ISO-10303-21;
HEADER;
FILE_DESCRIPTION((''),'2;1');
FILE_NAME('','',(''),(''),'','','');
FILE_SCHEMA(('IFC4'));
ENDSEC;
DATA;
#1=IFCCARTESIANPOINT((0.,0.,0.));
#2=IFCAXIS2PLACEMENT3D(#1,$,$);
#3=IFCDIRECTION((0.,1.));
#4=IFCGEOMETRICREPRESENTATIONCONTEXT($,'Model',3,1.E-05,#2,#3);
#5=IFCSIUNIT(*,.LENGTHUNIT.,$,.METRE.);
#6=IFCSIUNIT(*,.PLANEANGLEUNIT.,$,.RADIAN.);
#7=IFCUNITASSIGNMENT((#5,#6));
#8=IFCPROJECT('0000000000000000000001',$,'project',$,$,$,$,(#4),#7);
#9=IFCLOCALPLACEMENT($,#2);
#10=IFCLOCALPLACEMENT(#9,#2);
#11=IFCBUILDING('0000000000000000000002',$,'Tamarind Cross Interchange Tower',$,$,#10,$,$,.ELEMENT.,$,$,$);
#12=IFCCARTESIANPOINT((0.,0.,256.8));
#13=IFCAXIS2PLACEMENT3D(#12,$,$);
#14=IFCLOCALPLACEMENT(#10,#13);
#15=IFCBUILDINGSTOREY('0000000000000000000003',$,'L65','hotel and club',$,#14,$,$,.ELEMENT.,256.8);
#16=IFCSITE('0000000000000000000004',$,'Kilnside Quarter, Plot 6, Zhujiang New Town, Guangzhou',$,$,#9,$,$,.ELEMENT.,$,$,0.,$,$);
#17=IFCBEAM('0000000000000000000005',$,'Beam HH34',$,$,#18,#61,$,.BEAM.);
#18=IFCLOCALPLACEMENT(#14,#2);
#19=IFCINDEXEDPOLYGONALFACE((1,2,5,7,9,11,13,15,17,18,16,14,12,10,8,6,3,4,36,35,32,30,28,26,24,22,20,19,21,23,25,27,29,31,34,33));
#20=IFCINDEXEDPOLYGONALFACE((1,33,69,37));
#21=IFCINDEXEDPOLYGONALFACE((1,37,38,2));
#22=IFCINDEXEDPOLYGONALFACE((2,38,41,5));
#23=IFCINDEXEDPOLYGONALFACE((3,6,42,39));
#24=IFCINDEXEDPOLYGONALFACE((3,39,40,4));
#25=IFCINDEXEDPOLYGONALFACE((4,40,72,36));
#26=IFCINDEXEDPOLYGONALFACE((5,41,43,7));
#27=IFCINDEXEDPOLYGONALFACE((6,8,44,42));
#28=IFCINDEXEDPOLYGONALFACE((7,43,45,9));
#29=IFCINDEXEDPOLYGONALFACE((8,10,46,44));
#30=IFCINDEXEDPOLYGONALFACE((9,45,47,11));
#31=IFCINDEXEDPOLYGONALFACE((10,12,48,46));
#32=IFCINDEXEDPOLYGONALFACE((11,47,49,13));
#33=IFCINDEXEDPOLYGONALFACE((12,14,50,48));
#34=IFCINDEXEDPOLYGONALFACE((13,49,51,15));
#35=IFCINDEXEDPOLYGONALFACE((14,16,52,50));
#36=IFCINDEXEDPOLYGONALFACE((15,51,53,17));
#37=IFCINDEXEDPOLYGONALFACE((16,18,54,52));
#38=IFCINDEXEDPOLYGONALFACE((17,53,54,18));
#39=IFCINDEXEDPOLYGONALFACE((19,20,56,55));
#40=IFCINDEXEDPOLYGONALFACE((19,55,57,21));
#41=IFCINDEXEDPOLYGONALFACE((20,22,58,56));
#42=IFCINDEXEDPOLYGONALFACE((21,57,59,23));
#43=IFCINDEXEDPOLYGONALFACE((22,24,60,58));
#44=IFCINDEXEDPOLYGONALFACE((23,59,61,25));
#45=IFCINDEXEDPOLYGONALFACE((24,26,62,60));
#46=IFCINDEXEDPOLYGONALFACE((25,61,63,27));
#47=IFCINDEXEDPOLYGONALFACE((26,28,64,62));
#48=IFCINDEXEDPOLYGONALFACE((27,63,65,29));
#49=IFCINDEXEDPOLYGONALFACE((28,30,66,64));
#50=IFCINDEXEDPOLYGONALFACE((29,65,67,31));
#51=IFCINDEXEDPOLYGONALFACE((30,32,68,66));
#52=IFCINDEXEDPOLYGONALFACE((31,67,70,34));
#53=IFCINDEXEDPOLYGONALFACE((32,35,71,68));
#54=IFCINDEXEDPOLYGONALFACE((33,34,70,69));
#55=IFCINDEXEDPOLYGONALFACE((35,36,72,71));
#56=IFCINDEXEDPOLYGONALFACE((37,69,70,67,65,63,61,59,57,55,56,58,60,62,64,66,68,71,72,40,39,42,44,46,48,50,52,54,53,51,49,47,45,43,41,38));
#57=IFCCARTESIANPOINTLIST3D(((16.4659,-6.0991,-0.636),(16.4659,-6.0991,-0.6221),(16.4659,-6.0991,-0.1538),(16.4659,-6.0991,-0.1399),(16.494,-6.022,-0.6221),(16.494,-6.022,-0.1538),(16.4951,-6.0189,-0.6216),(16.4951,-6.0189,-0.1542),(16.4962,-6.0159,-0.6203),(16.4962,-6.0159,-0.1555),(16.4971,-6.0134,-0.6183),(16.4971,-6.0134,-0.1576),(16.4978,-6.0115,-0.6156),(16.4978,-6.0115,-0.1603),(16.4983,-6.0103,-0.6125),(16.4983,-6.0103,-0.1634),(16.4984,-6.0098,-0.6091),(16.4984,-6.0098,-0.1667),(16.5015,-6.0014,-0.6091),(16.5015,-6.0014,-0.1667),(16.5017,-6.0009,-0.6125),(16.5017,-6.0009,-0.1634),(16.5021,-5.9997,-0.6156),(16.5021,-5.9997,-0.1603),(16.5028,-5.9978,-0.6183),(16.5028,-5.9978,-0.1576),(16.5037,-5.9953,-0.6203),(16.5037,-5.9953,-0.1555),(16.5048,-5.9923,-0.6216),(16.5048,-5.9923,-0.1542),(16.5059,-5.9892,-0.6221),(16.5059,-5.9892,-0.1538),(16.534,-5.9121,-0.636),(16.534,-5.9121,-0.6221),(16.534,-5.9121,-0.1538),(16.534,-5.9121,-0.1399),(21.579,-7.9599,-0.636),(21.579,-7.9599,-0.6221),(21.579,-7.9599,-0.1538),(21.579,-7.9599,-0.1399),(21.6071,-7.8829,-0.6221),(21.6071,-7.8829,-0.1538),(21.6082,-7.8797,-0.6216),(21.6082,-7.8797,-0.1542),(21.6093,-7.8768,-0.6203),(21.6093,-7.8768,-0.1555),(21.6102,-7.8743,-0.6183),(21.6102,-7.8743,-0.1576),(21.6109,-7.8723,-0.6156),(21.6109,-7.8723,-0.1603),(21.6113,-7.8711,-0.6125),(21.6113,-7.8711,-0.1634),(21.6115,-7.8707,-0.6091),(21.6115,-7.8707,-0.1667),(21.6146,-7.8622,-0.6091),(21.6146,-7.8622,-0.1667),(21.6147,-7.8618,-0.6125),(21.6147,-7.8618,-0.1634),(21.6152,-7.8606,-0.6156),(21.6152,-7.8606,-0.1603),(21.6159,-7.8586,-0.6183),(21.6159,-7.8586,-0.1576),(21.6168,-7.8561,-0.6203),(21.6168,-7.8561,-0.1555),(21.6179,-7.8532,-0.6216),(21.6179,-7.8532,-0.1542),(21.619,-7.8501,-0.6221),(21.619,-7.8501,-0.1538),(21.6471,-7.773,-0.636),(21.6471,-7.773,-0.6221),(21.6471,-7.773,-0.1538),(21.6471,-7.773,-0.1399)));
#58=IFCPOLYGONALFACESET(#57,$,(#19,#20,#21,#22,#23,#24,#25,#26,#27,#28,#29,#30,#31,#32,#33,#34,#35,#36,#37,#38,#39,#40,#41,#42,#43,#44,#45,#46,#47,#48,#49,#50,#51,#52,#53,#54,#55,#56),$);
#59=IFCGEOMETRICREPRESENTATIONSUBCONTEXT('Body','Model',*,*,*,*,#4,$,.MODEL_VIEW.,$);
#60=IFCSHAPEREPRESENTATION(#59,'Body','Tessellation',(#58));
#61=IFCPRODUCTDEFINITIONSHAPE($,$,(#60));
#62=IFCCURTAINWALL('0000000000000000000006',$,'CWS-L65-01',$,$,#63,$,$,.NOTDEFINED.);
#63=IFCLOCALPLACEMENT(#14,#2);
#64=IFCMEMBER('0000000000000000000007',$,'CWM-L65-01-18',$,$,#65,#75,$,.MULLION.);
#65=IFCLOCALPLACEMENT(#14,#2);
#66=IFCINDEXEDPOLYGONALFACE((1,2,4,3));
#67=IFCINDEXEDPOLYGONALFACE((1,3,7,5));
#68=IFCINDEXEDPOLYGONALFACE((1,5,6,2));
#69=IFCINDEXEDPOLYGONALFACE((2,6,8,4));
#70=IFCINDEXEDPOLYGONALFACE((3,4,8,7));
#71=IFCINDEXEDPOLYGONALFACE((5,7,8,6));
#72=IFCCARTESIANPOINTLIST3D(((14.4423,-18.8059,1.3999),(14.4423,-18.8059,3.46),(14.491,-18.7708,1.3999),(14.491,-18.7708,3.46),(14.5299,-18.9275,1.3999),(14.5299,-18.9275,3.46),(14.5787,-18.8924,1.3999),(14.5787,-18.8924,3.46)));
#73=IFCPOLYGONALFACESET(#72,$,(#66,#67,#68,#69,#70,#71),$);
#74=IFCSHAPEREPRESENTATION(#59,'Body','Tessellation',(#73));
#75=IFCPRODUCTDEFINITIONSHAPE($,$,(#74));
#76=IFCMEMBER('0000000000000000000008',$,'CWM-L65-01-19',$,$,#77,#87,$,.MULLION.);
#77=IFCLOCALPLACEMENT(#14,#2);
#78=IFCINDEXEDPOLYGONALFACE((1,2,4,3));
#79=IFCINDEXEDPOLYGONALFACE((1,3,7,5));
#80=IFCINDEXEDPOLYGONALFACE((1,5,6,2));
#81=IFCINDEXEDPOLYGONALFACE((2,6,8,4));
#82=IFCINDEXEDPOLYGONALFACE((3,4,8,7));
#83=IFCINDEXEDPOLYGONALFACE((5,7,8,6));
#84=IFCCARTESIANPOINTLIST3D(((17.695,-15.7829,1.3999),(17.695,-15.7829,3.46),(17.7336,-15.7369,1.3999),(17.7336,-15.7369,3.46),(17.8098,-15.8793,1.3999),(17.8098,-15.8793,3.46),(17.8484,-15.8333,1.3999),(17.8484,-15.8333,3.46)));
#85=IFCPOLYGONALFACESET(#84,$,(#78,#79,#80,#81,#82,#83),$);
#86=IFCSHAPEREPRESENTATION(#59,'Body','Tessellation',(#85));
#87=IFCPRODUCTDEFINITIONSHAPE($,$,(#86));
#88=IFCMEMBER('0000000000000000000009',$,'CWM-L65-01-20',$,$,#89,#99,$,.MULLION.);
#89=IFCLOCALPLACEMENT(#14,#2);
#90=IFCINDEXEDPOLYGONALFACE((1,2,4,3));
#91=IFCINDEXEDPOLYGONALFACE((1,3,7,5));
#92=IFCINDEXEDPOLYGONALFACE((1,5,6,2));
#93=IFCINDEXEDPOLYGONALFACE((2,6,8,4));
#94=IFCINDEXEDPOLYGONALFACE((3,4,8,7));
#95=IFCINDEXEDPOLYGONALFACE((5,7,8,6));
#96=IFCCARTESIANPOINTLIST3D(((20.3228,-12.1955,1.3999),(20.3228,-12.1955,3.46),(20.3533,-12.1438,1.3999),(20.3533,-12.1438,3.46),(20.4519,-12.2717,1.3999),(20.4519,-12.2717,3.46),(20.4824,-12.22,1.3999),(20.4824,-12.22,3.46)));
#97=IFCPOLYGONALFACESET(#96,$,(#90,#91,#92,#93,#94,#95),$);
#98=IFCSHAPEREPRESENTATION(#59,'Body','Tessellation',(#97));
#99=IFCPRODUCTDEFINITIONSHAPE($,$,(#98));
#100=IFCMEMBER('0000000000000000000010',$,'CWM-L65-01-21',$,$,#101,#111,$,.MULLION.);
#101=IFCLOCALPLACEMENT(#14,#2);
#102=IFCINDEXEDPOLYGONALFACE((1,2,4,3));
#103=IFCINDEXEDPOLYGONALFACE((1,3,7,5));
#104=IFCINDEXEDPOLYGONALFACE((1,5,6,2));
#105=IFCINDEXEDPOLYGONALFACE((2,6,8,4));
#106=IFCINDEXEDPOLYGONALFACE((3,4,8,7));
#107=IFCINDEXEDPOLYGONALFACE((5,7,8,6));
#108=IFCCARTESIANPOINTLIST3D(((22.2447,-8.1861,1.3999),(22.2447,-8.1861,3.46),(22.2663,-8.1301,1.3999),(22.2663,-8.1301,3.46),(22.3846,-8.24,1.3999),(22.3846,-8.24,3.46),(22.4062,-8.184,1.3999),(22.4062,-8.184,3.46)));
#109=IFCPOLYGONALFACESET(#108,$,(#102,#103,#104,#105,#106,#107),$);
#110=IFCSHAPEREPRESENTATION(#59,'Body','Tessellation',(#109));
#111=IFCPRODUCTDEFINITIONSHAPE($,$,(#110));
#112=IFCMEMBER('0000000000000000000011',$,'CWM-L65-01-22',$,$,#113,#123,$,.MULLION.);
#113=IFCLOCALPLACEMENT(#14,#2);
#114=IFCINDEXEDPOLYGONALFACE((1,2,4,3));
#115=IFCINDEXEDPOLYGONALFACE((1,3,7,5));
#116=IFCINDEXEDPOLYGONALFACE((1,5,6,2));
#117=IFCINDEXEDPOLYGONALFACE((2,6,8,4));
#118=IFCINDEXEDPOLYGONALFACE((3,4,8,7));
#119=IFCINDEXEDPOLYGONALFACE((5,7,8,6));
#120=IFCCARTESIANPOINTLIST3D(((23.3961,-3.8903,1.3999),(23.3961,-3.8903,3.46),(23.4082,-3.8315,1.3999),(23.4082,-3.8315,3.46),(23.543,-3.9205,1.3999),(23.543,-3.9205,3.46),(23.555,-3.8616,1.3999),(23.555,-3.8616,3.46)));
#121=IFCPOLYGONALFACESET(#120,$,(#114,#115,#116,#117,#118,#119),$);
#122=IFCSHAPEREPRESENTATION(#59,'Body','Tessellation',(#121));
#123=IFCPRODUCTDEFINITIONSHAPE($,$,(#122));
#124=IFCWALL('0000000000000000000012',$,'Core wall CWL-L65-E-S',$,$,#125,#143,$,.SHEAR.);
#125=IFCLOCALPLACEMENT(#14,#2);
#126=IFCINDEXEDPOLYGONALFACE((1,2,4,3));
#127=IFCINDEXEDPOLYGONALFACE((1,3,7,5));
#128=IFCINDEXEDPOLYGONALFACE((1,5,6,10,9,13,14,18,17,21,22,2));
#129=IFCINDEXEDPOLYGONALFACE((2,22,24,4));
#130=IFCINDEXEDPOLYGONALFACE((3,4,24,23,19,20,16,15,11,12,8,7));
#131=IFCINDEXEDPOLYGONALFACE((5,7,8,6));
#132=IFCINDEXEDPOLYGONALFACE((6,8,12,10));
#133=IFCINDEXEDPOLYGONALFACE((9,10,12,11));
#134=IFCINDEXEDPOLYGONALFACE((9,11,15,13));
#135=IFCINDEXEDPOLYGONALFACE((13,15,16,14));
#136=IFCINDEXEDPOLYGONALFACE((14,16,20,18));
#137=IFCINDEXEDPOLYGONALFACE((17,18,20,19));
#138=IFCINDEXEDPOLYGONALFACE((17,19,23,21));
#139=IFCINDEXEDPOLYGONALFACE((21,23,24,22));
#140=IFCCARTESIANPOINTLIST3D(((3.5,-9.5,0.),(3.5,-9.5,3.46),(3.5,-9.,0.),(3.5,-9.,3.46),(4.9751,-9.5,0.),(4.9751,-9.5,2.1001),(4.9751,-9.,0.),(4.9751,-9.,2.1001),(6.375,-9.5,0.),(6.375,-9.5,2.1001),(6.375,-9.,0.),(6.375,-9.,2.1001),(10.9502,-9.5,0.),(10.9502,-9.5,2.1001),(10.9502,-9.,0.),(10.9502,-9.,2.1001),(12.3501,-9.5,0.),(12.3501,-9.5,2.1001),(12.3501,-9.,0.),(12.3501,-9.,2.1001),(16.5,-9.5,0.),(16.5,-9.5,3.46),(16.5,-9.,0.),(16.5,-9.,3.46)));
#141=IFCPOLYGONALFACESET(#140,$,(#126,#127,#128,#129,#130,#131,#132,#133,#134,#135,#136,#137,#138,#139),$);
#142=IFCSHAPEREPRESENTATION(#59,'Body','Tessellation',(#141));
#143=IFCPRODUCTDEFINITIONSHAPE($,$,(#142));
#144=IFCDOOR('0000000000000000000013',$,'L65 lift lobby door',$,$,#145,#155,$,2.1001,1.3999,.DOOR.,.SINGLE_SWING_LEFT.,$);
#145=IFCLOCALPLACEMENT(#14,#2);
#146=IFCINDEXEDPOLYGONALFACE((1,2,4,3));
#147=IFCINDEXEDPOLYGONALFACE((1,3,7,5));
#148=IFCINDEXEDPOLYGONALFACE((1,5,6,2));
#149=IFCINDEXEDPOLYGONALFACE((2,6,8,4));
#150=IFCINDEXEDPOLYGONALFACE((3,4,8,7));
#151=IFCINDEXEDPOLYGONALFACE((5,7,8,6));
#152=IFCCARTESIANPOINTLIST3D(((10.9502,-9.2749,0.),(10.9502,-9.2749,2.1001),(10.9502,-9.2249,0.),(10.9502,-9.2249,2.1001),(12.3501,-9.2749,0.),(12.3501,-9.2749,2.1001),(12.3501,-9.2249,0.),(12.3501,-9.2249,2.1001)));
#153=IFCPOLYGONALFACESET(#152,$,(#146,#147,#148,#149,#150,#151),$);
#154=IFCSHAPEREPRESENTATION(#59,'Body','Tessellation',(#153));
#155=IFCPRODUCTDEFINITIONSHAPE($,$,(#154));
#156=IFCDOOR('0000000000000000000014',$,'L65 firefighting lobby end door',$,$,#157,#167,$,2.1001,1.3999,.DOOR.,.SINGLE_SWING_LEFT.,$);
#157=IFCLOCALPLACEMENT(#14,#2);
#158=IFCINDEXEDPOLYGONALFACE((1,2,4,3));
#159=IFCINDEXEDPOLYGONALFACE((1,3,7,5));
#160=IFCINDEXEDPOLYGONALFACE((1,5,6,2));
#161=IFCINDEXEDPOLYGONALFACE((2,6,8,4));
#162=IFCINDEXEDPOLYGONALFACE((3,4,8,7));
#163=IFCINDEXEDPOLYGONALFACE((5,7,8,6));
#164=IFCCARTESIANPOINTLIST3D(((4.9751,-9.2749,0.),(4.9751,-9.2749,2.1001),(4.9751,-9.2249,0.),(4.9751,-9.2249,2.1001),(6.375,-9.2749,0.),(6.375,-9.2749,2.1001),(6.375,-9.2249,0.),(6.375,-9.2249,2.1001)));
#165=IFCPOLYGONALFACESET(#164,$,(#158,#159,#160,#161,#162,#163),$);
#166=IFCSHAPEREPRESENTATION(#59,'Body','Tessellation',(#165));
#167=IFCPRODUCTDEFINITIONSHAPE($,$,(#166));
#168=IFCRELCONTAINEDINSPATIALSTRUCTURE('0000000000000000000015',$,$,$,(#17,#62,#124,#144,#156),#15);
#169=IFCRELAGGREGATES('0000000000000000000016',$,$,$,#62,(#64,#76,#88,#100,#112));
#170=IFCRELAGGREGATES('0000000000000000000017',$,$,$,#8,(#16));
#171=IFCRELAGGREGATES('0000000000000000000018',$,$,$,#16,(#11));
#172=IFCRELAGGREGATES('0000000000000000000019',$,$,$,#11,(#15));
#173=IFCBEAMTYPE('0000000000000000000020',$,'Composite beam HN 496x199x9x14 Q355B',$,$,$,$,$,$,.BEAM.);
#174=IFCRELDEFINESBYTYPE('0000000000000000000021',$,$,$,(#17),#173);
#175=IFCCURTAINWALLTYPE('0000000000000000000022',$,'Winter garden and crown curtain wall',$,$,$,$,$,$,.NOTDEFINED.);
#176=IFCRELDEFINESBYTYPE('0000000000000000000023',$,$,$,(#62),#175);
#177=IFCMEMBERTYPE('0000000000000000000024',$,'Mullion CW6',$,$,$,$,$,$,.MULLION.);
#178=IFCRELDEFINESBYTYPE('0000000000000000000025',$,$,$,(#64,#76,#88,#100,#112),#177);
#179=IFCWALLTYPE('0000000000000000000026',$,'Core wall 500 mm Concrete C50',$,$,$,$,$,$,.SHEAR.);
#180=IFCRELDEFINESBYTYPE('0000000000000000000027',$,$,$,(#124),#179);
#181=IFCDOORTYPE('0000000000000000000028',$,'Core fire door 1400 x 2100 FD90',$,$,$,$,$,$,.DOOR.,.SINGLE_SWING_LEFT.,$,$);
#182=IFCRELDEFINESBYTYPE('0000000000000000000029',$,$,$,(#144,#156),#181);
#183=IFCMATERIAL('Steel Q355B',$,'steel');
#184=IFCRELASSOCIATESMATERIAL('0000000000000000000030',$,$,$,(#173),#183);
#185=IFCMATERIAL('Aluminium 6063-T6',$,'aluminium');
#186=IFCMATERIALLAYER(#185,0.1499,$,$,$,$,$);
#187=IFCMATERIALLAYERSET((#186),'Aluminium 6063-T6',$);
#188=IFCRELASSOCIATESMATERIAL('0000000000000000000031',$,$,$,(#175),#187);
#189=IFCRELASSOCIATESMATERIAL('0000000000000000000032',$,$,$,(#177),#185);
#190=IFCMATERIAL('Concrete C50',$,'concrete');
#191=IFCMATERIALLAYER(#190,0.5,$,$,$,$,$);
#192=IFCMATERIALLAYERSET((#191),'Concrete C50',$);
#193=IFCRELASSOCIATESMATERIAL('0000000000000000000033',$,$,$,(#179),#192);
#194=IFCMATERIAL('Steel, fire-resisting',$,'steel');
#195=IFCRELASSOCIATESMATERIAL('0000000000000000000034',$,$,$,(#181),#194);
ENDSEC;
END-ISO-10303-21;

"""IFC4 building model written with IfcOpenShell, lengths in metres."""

from ifc_helpers import new_model, si_unit, direction, frame, frame_2d, origin, origin_2d, place, context, subcontext, project, spatial, rectangle, i_section, extrude, material, layer, layer_set, material_profile, profile_set, type_object, element, fill, aggregate, save


model = new_model("IFC4")

# Units and contexts
model_context = context("Model", 3, precision=1e-05, world=origin(), true_north=direction((0.0, 1.0)))
body_context = subcontext(model_context, "Body", "Model", "MODEL_VIEW")
ifc_project = project(units=[si_unit("LENGTHUNIT", "METRE"), si_unit("PLANEANGLEUNIT", "RADIAN")], contexts=[model_context])

# Site, building, storey
site_placement = place(None, origin())
site = spatial("IfcSite", under=ifc_project, at=site_placement, Name="Kilnside Quarter, Plot 6, Zhujiang New Town, Guangzhou", CompositionType="ELEMENT", RefElevation=0.0)
building_placement = place(site_placement, origin())
building = spatial("IfcBuilding", under=site, at=building_placement, Name="Tamarind Cross Interchange Tower", CompositionType="ELEMENT")
storey_placement = place(building_placement, frame((0.0, 0.0, 256.8)))
storey = spatial("IfcBuildingStorey", under=building, at=storey_placement, Name="L65", Description="hotel and club", CompositionType="ELEMENT", Elevation=256.8)

# Beam
ifc_material_1 = material(Name="Steel Q355B", Category="steel")
ifc_material_profile_1 = material_profile(ifc_material_1, i_section(OverallWidth=0.199, OverallDepth=0.4961, WebThickness=0.009, FlangeThickness=0.0139, FilletRadius=0.0129, at=origin_2d()), Name="HN 496x199x9x14")
ifc_profile_set_1 = profile_set([ifc_material_profile_1], Name="Steel Q355B")
beam_type = type_object("IfcBeamType", Name="Composite beam HN 496x199x9x14 Q355B", PredefinedType="BEAM", material=ifc_profile_set_1)
beam_1_placement = place(storey_placement, frame((21.613, -7.8665, -0.3879), z_axis=(-0.939702, 0.341995, 0.0), x_axis=(-0.341995, -0.939702, 0.0)))
element("IfcBeam", 1, at=beam_1_placement, inside=storey, type_object=beam_type, Name="Beam HH34", PredefinedType="BEAM", context=body_context, shape_type="SweptSolid", body=[
    extrude(i_section(OverallWidth=0.199, OverallDepth=0.4961, WebThickness=0.009, FlangeThickness=0.0139, FilletRadius=0.0129, at=origin_2d()), origin(), (0.0, 0.0, 1.0), 5.4412),
])

# Curtain wall, members
ifc_material_2 = material(Name="Aluminium 6063-T6", Category="aluminium")
ifc_layer_1 = layer(ifc_material_2, 0.1499)
ifc_layer_set_1 = layer_set([ifc_layer_1], Name="Aluminium 6063-T6")
curtain_wall_type = type_object("IfcCurtainWallType", Name="Winter garden and crown curtain wall", PredefinedType="NOTDEFINED", material=ifc_layer_set_1)
curtain_wall_placement = place(storey_placement, origin())
curtain_wall = element("IfcCurtainWall", 2, at=curtain_wall_placement, inside=storey, type_object=curtain_wall_type, Name="CWS-L65-01", PredefinedType="NOTDEFINED")
ifc_material_profile_2 = material_profile(ifc_material_2, rectangle(XDim=0.0601, YDim=0.1499, at=origin_2d()), Name="Mullion CW6")
ifc_profile_set_2 = profile_set([ifc_material_profile_2], Name="Aluminium 6063-T6")
member_type = type_object("IfcMemberType", Name="Mullion CW6", PredefinedType="MULLION", material=ifc_profile_set_2)
member_1_placement = place(storey_placement, frame((14.5105, -18.8491, 1.3999), z_axis=(0.0, 0.0, 1.0), x_axis=(0.81134, 0.584574, 0.0)))
member_1 = element("IfcMember", 3, at=member_1_placement, type_object=member_type, Name="CWM-L65-01-18", PredefinedType="MULLION", context=body_context, shape_type="SweptSolid", body=[
    extrude(rectangle(XDim=0.0601, YDim=0.1499, at=origin_2d()), origin(), (0.0, 0.0, 1.0), 2.0601),
])
member_2_placement = place(storey_placement, frame((17.7717, -15.8081, 1.3999), z_axis=(0.0, 0.0, 1.0), x_axis=(0.643009, 0.765858, 0.0)))
member_2 = element("IfcMember", 4, at=member_2_placement, type_object=member_type, Name="CWM-L65-01-19", PredefinedType="MULLION", context=body_context, shape_type="SweptSolid", body=[
    extrude(rectangle(XDim=0.0601, YDim=0.1499, at=origin_2d()), origin(), (0.0, 0.0, 1.0), 2.0601),
])
member_3_placement = place(storey_placement, frame((20.4026, -12.2078, 1.3999), z_axis=(0.0, 0.0, 1.0), x_axis=(0.508183, 0.861249, 0.0)))
member_3 = element("IfcMember", 5, at=member_3_placement, type_object=member_type, Name="CWM-L65-01-20", PredefinedType="MULLION", context=body_context, shape_type="SweptSolid", body=[
    extrude(rectangle(XDim=0.0601, YDim=0.1499, at=origin_2d()), origin(), (0.0, 0.0, 1.0), 2.0601),
])
member_4_placement = place(storey_placement, frame((22.3254, -8.1851, 1.3999), z_axis=(0.0, 0.0, 1.0), x_axis=(0.359495, 0.933147, 0.0)))
member_4 = element("IfcMember", 6, at=member_4_placement, type_object=member_type, Name="CWM-L65-01-21", PredefinedType="MULLION", context=body_context, shape_type="SweptSolid", body=[
    extrude(rectangle(XDim=0.0601, YDim=0.1499, at=origin_2d()), origin(), (0.0, 0.0, 1.0), 2.0601),
])
member_5_placement = place(storey_placement, frame((23.4756, -3.876, 1.3999), z_axis=(0.0, 0.0, 1.0), x_axis=(0.201001, 0.979591, 0.0)))
member_5 = element("IfcMember", 7, at=member_5_placement, type_object=member_type, Name="CWM-L65-01-22", PredefinedType="MULLION", context=body_context, shape_type="SweptSolid", body=[
    extrude(rectangle(XDim=0.0601, YDim=0.1499, at=origin_2d()), origin(), (0.0, 0.0, 1.0), 2.0601),
])
aggregate(curtain_wall, [member_1, member_2, member_3, member_4, member_5])

# Wall, openings, doors
ifc_material_3 = material(Name="Concrete C50", Category="concrete")
ifc_layer_2 = layer(ifc_material_3, 0.5)
ifc_layer_set_2 = layer_set([ifc_layer_2], Name="Concrete C50")
wall_type_1 = type_object("IfcWallType", Name="Core wall 500 mm Concrete C50", PredefinedType="SHEAR", material=ifc_layer_set_2)
wall_1_placement = place(storey_placement, frame((16.5, -9.25, 0.0), z_axis=(0.0, 0.0, 1.0), x_axis=(-1.0, 0.0, 0.0)))
wall_1 = element("IfcWall", 8, at=wall_1_placement, inside=storey, type_object=wall_type_1, Name="Core wall CWL-L65-E-S", PredefinedType="SHEAR", context=body_context, shape_type="SweptSolid", body=[
    extrude(rectangle(XDim=13.0, YDim=0.5, at=frame_2d((6.5, 0.0))), origin(), (0.0, 0.0, 1.0), 3.46),
])
opening_1_placement = place(wall_1_placement, frame((4.1499, 0.0, 0.0)))
opening_1 = element("IfcOpeningElement", 9, at=opening_1_placement, cuts=wall_1, PredefinedType="OPENING", context=body_context, shape_type="SweptSolid", body=[
    extrude(rectangle(XDim=1.3999, YDim=2.1001, at=frame_2d((0.7, 1.05))), frame((0.0, 0.26, 0.0), z_axis=(0.0, -1.0, 0.0), x_axis=(1.0, 0.0, 0.0)), (0.0, 0.0, 1.0), 0.52),
])
opening_2_placement = place(wall_1_placement, frame((10.125, 0.0, 0.0)))
opening_2 = element("IfcOpeningElement", 10, at=opening_2_placement, cuts=wall_1, PredefinedType="OPENING", context=body_context, shape_type="SweptSolid", body=[
    extrude(rectangle(XDim=1.3999, YDim=2.1001, at=frame_2d((0.7, 1.05))), frame((0.0, 0.26, 0.0), z_axis=(0.0, -1.0, 0.0), x_axis=(1.0, 0.0, 0.0)), (0.0, 0.0, 1.0), 0.52),
])
ifc_material_4 = material(Name="Steel, fire-resisting", Category="steel")
door_type_1 = type_object("IfcDoorType", Name="Core fire door 1400 x 2100 FD90", OperationType="SINGLE_SWING_LEFT", PredefinedType="DOOR", material=ifc_material_4)
door_1_placement = place(opening_1_placement, origin())
door_1 = element("IfcDoor", 11, at=door_1_placement, inside=storey, type_object=door_type_1, Name="L65 lift lobby door", OperationType="SINGLE_SWING_LEFT", OverallHeight=2.1001, OverallWidth=1.3999, PredefinedType="DOOR", context=body_context, shape_type="SweptSolid", body=[
    extrude(rectangle(XDim=1.3999, YDim=2.1001, at=frame_2d((0.7, 1.05))), frame((0.0, 0.0249, 0.0), z_axis=(0.0, -1.0, 0.0), x_axis=(1.0, 0.0, 0.0)), (0.0, 0.0, 1.0), 0.05),
])
fill(opening_1, door_1)
door_2_placement = place(opening_2_placement, origin())
door_2 = element("IfcDoor", 12, at=door_2_placement, inside=storey, type_object=door_type_1, Name="L65 firefighting lobby end door", OperationType="SINGLE_SWING_LEFT", OverallHeight=2.1001, OverallWidth=1.3999, PredefinedType="DOOR", context=body_context, shape_type="SweptSolid", body=[
    extrude(rectangle(XDim=1.3999, YDim=2.1001, at=frame_2d((0.7, 1.05))), frame((0.0, 0.0249, 0.0), z_axis=(0.0, -1.0, 0.0), x_axis=(1.0, 0.0, 0.0)), (0.0, 0.0, 1.0), 0.05),
])
fill(opening_2, door_2)

save(model, "model.ifc")
